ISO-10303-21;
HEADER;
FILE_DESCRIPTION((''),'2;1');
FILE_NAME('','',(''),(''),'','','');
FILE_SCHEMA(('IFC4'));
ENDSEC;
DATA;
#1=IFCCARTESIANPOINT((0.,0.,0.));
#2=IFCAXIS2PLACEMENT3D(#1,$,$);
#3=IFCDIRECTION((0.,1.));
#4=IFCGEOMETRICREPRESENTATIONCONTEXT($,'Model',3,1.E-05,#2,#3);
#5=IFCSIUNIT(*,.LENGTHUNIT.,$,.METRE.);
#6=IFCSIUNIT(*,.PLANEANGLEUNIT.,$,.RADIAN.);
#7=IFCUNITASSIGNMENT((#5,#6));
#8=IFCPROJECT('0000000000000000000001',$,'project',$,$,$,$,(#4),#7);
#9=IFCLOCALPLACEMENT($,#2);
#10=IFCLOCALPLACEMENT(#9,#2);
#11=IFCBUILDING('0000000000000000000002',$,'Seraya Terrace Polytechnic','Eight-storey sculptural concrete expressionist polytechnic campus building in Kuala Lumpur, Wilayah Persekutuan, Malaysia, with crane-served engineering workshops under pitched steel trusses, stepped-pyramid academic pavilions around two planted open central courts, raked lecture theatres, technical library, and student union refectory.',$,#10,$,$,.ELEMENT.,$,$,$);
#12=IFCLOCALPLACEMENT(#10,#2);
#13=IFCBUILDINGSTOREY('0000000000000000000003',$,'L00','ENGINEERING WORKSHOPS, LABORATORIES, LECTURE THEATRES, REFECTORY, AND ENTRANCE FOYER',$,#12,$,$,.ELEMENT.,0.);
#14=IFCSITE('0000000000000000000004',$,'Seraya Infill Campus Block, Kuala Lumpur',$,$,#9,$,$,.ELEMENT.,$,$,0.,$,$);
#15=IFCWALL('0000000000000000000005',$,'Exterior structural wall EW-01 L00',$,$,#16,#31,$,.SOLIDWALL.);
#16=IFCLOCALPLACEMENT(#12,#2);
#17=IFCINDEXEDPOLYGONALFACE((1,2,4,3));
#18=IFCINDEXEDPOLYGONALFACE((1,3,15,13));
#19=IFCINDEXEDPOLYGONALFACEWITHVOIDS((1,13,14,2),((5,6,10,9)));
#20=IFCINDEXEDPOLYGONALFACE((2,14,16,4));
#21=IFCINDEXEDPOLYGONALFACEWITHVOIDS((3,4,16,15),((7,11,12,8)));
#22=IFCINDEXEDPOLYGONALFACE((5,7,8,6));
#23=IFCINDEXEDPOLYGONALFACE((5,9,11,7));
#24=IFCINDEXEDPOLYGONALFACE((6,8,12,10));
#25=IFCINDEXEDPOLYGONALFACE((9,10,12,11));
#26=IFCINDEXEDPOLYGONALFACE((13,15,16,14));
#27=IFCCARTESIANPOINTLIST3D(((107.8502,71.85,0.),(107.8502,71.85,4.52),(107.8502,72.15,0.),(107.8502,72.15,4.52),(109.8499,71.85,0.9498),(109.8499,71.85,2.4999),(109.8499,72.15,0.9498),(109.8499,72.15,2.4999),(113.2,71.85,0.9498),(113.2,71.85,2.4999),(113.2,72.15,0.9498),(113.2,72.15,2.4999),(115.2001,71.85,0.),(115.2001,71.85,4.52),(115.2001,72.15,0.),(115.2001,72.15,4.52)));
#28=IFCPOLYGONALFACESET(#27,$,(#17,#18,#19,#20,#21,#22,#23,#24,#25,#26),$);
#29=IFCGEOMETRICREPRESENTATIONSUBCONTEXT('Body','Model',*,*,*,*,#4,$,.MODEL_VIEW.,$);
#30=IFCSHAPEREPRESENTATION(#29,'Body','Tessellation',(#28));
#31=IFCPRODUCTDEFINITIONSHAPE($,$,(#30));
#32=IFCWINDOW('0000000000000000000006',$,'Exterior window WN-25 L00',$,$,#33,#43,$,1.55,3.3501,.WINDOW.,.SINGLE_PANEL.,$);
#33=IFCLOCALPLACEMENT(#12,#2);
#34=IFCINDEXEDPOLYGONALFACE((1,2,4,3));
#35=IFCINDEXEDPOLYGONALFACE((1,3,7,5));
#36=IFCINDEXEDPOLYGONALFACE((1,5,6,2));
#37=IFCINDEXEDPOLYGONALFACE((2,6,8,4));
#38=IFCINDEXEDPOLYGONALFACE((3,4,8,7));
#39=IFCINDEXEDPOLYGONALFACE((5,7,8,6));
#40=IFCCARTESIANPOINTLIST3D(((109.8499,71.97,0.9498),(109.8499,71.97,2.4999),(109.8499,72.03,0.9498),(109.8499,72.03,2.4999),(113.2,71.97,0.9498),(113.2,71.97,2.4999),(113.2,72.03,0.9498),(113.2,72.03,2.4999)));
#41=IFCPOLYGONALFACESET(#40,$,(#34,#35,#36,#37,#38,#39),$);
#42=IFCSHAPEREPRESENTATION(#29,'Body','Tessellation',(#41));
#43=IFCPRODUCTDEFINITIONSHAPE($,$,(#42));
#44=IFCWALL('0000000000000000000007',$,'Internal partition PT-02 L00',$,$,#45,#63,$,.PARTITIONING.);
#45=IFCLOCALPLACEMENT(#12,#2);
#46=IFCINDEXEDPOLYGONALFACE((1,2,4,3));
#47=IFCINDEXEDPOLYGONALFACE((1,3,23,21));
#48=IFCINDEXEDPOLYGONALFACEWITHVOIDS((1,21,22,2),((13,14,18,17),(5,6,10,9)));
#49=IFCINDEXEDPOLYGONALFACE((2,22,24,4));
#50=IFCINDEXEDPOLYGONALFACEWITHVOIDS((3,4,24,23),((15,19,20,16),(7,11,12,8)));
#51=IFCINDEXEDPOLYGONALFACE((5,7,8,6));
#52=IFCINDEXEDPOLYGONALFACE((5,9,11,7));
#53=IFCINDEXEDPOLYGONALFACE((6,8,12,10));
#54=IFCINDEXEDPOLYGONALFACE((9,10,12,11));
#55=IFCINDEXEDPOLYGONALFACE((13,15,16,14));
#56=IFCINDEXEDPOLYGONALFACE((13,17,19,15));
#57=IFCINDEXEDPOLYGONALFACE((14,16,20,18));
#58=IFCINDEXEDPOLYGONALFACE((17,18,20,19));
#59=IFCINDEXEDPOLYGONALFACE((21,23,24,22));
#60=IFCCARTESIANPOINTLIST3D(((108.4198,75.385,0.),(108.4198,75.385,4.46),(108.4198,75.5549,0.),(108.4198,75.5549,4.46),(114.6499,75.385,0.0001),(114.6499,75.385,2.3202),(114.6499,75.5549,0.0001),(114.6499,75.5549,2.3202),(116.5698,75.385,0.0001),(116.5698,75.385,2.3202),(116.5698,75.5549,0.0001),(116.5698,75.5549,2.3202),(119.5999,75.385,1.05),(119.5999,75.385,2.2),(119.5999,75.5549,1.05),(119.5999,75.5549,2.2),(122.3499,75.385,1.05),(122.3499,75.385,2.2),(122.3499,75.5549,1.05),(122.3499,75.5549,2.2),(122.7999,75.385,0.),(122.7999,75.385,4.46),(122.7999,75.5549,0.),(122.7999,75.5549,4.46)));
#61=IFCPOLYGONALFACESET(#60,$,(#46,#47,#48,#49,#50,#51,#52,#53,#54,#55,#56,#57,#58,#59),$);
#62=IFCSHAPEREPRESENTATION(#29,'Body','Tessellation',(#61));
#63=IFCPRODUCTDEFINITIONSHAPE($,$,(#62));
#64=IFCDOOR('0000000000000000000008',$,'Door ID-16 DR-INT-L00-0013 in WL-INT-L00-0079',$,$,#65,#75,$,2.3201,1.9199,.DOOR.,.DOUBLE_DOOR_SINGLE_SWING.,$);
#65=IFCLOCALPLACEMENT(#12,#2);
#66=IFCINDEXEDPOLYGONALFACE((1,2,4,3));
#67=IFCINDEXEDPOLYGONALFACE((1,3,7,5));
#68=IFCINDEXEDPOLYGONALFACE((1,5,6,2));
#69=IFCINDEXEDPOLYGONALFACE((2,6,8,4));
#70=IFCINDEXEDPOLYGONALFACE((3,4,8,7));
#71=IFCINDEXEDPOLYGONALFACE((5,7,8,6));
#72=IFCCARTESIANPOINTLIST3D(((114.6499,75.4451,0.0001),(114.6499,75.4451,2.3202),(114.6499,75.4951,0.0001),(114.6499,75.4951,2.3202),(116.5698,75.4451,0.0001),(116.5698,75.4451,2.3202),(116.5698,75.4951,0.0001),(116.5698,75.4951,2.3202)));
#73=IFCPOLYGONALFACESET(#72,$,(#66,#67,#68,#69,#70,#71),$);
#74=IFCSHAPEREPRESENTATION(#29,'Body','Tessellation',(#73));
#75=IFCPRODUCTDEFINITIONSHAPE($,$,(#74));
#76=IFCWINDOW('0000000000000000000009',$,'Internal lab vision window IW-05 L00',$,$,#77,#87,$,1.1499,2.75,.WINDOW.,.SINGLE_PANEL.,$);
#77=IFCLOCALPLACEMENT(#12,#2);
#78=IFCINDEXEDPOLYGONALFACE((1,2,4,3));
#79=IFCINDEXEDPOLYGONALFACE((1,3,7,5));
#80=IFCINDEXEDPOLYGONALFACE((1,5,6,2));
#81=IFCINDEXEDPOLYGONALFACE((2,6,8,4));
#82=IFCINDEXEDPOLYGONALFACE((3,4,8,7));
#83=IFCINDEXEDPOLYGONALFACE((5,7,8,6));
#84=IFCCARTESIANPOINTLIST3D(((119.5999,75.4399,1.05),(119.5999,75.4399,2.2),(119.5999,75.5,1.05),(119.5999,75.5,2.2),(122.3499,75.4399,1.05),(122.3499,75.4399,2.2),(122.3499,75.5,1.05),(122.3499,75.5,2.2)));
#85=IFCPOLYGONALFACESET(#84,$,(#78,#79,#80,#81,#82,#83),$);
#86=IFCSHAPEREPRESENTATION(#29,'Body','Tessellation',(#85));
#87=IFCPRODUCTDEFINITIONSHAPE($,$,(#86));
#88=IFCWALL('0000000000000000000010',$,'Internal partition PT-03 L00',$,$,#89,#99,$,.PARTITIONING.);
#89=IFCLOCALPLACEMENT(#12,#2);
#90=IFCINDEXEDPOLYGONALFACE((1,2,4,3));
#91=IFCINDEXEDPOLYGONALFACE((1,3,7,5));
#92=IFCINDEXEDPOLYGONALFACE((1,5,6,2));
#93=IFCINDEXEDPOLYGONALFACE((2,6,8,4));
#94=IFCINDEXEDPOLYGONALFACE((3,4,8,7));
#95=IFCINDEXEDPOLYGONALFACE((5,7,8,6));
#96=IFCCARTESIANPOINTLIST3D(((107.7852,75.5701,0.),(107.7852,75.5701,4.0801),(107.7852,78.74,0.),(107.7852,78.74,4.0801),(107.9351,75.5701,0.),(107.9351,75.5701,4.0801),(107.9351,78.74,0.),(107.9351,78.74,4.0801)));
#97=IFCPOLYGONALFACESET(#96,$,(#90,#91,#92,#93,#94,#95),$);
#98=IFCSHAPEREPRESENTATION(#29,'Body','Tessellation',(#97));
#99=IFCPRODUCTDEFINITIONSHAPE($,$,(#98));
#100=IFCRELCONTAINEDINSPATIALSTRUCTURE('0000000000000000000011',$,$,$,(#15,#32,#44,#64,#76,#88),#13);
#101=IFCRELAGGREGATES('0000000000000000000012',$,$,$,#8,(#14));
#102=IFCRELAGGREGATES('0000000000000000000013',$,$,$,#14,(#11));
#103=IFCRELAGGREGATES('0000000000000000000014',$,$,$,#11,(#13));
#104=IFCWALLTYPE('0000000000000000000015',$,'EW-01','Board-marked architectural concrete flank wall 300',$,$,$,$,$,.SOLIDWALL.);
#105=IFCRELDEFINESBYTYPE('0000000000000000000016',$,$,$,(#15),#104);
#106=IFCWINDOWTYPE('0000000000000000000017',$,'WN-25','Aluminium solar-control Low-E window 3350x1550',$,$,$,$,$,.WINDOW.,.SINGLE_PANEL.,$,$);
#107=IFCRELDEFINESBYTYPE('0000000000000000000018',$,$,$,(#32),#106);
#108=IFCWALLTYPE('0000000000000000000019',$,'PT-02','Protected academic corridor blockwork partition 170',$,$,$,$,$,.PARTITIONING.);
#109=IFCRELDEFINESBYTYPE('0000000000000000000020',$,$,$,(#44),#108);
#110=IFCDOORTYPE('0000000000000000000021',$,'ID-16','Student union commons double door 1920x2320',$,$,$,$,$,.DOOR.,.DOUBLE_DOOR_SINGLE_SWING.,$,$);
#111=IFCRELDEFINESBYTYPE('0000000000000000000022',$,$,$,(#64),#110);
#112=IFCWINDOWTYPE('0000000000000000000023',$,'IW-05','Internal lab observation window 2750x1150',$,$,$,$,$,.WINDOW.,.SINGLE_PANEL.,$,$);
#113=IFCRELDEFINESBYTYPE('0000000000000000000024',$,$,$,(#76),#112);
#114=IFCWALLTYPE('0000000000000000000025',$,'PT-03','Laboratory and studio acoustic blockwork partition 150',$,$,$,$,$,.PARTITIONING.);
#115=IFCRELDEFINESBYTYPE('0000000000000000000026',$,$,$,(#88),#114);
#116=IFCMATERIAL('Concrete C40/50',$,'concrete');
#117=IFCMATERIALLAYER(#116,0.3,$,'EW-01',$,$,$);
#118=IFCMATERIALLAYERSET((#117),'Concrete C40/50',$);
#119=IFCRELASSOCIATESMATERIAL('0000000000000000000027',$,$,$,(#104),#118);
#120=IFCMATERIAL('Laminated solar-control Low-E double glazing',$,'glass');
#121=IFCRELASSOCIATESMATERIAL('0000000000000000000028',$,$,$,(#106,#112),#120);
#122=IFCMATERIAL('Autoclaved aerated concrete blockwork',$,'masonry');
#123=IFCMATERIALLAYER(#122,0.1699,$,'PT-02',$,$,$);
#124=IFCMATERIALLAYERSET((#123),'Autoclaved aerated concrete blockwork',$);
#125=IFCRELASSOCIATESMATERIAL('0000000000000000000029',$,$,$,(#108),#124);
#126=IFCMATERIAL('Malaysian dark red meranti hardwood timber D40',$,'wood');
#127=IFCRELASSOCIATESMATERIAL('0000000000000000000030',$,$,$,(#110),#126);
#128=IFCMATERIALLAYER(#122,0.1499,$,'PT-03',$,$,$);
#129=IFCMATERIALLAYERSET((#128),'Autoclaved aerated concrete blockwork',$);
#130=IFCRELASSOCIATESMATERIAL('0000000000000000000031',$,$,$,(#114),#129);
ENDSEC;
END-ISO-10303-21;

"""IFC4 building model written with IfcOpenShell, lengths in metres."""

from ifc_helpers import new_model, si_unit, direction, frame, frame_2d, origin, place, context, subcontext, project, spatial, rectangle, extrude, material, layer, layer_set, type_object, element, fill, save


model = new_model("IFC4")

# Units and contexts
model_context = context("Model", 3, precision=1e-05, world=origin(), true_north=direction((0.0, 1.0)))
body_context = subcontext(model_context, "Body", "Model", "MODEL_VIEW")
ifc_project = project(units=[si_unit("LENGTHUNIT", "METRE"), si_unit("PLANEANGLEUNIT", "RADIAN")], contexts=[model_context])

# Site, building, storey
site_placement = place(None, origin())
site = spatial("IfcSite", under=ifc_project, at=site_placement, Name="Seraya Infill Campus Block, Kuala Lumpur", CompositionType="ELEMENT", RefElevation=0.0)
building_placement = place(site_placement, origin())
building = spatial("IfcBuilding", under=site, at=building_placement, Name="Seraya Terrace Polytechnic", Description="Eight-storey sculptural concrete expressionist polytechnic campus building in Kuala Lumpur, Wilayah Persekutuan, Malaysia, with crane-served engineering workshops under pitched steel trusses, stepped-pyramid academic pavilions around two planted open central courts, raked lecture theatres, technical library, and student union refectory.", CompositionType="ELEMENT")
storey_placement = place(building_placement, origin())
storey = spatial("IfcBuildingStorey", under=building, at=storey_placement, Name="L00", Description="ENGINEERING WORKSHOPS, LABORATORIES, LECTURE THEATRES, REFECTORY, AND ENTRANCE FOYER", CompositionType="ELEMENT", Elevation=0.0)

# Shared definitions
ifc_material_1 = material(Name="Concrete C40/50", Category="concrete")

# Wall, opening, window
ifc_layer_1 = layer(ifc_material_1, 0.3, Name="EW-01")
ifc_layer_set_1 = layer_set([ifc_layer_1], Name="Concrete C40/50")
wall_type_1 = type_object("IfcWallType", Name="EW-01", Description="Board-marked architectural concrete flank wall 300", PredefinedType="SOLIDWALL", material=ifc_layer_set_1)
wall_1_placement = place(storey_placement, frame((115.2, 72.0, 0.0), z_axis=(0.0, 0.0, 1.0), x_axis=(-1.0, 0.0, 0.0)))
wall_1 = element("IfcWall", 1, at=wall_1_placement, inside=storey, type_object=wall_type_1, Name="Exterior structural wall EW-01 L00", PredefinedType="SOLIDWALL", context=body_context, shape_type="SweptSolid", body=[
    extrude(rectangle(XDim=7.3499, YDim=0.3, at=frame_2d((3.6748, 0.0))), origin(), (0.0, 0.0, 1.0), 4.52),
])
opening_1_placement = place(wall_1_placement, frame((2.0, 0.0, 0.95)))
opening_1 = element("IfcOpeningElement", 2, at=opening_1_placement, cuts=wall_1, PredefinedType="OPENING", context=body_context, shape_type="SweptSolid", body=[
    extrude(rectangle(XDim=3.3501, YDim=1.55, at=frame_2d((1.675, 0.7749))), frame((0.0, 0.1621, 0.0), z_axis=(0.0, -1.0, 0.0), x_axis=(1.0, 0.0, 0.0)), (0.0, 0.0, 1.0), 0.324),
])
ifc_material_2 = material(Name="Laminated solar-control Low-E double glazing", Category="glass")
window_type_1 = type_object("IfcWindowType", Name="WN-25", Description="Aluminium solar-control Low-E window 3350x1550", PartitioningType="SINGLE_PANEL", PredefinedType="WINDOW", material=ifc_material_2)
window_1_placement = place(opening_1_placement, origin())
window_1 = element("IfcWindow", 3, at=window_1_placement, inside=storey, type_object=window_type_1, Name="Exterior window WN-25 L00", OverallHeight=1.55, OverallWidth=3.3501, PartitioningType="SINGLE_PANEL", PredefinedType="WINDOW", context=body_context, shape_type="SweptSolid", body=[
    extrude(rectangle(XDim=3.3501, YDim=1.55, at=frame_2d((1.675, 0.7749))), frame((0.0, 0.03, 0.0), z_axis=(0.0, -1.0, 0.0), x_axis=(1.0, 0.0, 0.0)), (0.0, 0.0, 1.0), 0.0601),
])
fill(opening_1, window_1)

# Wall, openings, door, window
ifc_material_3 = material(Name="Autoclaved aerated concrete blockwork", Category="masonry")
ifc_layer_2 = layer(ifc_material_3, 0.1699, Name="PT-02")
ifc_layer_set_2 = layer_set([ifc_layer_2], Name="Autoclaved aerated concrete blockwork")
wall_type_2 = type_object("IfcWallType", Name="PT-02", Description="Protected academic corridor blockwork partition 170", PredefinedType="PARTITIONING", material=ifc_layer_set_2)
wall_2_placement = place(storey_placement, frame((108.4199, 75.47, 0.0), z_axis=(0.0, 0.0, 1.0), x_axis=(1.0, 0.0, 0.0)))
wall_2 = element("IfcWall", 4, at=wall_2_placement, inside=storey, type_object=wall_type_2, Name="Internal partition PT-02 L00", PredefinedType="PARTITIONING", context=body_context, shape_type="SweptSolid", body=[
    extrude(rectangle(XDim=14.3801, YDim=0.1699, at=frame_2d((7.1899, 0.0))), origin(), (0.0, 0.0, 1.0), 4.46),
])
opening_2_placement = place(wall_2_placement, frame((6.23, 0.0, 0.0)))
opening_2 = element("IfcOpeningElement", 5, at=opening_2_placement, cuts=wall_2, PredefinedType="OPENING", context=body_context, shape_type="SweptSolid", body=[
    extrude(rectangle(XDim=1.9199, YDim=2.3201, at=frame_2d((0.96, 1.1602))), frame((0.0, 0.0969, 0.0), z_axis=(0.0, -1.0, 0.0), x_axis=(1.0, 0.0, 0.0)), (0.0, 0.0, 1.0), 0.1938),
])
opening_3_placement = place(wall_2_placement, frame((11.1799, 0.0, 1.05)))
opening_3 = element("IfcOpeningElement", 6, at=opening_3_placement, cuts=wall_2, PredefinedType="OPENING", context=body_context, shape_type="SweptSolid", body=[
    extrude(rectangle(XDim=2.75, YDim=1.1499, at=frame_2d((1.375, 0.575))), frame((0.0, 0.0969, 0.0), z_axis=(0.0, -1.0, 0.0), x_axis=(1.0, 0.0, 0.0)), (0.0, 0.0, 1.0), 0.1938),
])
ifc_material_4 = material(Name="Malaysian dark red meranti hardwood timber D40", Category="wood")
door_type = type_object("IfcDoorType", Name="ID-16", Description="Student union commons double door 1920x2320", OperationType="DOUBLE_DOOR_SINGLE_SWING", PredefinedType="DOOR", material=ifc_material_4)
door_placement = place(opening_2_placement, frame((1.9199, 0.0, 0.0), z_axis=(0.0, 0.0, 1.0), x_axis=(-1.0, 0.0, 0.0)))
door = element("IfcDoor", 7, at=door_placement, inside=storey, type_object=door_type, Name="Door ID-16 DR-INT-L00-0013 in WL-INT-L00-0079", OperationType="DOUBLE_DOOR_SINGLE_SWING", OverallHeight=2.3201, OverallWidth=1.9199, PredefinedType="DOOR", context=body_context, shape_type="SweptSolid", body=[
    extrude(rectangle(XDim=1.9199, YDim=2.3201, at=frame_2d((0.96, 1.1602))), frame((0.0, 0.0249, 0.0), z_axis=(0.0, -1.0, 0.0), x_axis=(1.0, 0.0, 0.0)), (0.0, 0.0, 1.0), 0.05),
])
fill(opening_2, door)
window_type_2 = type_object("IfcWindowType", Name="IW-05", Description="Internal lab observation window 2750x1150", PartitioningType="SINGLE_PANEL", PredefinedType="WINDOW", material=ifc_material_2)
window_2_placement = place(opening_3_placement, origin())
window_2 = element("IfcWindow", 8, at=window_2_placement, inside=storey, type_object=window_type_2, Name="Internal lab vision window IW-05 L00", OverallHeight=1.1499, OverallWidth=2.75, PartitioningType="SINGLE_PANEL", PredefinedType="WINDOW", context=body_context, shape_type="SweptSolid", body=[
    extrude(rectangle(XDim=2.75, YDim=1.1499, at=frame_2d((1.375, 0.575))), frame((0.0, 0.03, 0.0), z_axis=(0.0, -1.0, 0.0), x_axis=(1.0, 0.0, 0.0)), (0.0, 0.0, 1.0), 0.0601),
])
fill(opening_3, window_2)

# Wall
ifc_layer_3 = layer(ifc_material_3, 0.1499, Name="PT-03")
ifc_layer_set_3 = layer_set([ifc_layer_3], Name="Autoclaved aerated concrete blockwork")
wall_type_3 = type_object("IfcWallType", Name="PT-03", Description="Laboratory and studio acoustic blockwork partition 150", PredefinedType="PARTITIONING", material=ifc_layer_set_3)
wall_3_placement = place(storey_placement, frame((107.8601, 75.5701, 0.0), z_axis=(0.0, 0.0, 1.0), x_axis=(0.0, 1.0, 0.0)))
element("IfcWall", 9, at=wall_3_placement, inside=storey, type_object=wall_type_3, Name="Internal partition PT-03 L00", PredefinedType="PARTITIONING", context=body_context, shape_type="SweptSolid", body=[
    extrude(rectangle(XDim=3.1699, YDim=0.1499, at=frame_2d((1.585, 0.0))), origin(), (0.0, 0.0, 1.0), 4.0801),
])

save(model, "model.ifc")
